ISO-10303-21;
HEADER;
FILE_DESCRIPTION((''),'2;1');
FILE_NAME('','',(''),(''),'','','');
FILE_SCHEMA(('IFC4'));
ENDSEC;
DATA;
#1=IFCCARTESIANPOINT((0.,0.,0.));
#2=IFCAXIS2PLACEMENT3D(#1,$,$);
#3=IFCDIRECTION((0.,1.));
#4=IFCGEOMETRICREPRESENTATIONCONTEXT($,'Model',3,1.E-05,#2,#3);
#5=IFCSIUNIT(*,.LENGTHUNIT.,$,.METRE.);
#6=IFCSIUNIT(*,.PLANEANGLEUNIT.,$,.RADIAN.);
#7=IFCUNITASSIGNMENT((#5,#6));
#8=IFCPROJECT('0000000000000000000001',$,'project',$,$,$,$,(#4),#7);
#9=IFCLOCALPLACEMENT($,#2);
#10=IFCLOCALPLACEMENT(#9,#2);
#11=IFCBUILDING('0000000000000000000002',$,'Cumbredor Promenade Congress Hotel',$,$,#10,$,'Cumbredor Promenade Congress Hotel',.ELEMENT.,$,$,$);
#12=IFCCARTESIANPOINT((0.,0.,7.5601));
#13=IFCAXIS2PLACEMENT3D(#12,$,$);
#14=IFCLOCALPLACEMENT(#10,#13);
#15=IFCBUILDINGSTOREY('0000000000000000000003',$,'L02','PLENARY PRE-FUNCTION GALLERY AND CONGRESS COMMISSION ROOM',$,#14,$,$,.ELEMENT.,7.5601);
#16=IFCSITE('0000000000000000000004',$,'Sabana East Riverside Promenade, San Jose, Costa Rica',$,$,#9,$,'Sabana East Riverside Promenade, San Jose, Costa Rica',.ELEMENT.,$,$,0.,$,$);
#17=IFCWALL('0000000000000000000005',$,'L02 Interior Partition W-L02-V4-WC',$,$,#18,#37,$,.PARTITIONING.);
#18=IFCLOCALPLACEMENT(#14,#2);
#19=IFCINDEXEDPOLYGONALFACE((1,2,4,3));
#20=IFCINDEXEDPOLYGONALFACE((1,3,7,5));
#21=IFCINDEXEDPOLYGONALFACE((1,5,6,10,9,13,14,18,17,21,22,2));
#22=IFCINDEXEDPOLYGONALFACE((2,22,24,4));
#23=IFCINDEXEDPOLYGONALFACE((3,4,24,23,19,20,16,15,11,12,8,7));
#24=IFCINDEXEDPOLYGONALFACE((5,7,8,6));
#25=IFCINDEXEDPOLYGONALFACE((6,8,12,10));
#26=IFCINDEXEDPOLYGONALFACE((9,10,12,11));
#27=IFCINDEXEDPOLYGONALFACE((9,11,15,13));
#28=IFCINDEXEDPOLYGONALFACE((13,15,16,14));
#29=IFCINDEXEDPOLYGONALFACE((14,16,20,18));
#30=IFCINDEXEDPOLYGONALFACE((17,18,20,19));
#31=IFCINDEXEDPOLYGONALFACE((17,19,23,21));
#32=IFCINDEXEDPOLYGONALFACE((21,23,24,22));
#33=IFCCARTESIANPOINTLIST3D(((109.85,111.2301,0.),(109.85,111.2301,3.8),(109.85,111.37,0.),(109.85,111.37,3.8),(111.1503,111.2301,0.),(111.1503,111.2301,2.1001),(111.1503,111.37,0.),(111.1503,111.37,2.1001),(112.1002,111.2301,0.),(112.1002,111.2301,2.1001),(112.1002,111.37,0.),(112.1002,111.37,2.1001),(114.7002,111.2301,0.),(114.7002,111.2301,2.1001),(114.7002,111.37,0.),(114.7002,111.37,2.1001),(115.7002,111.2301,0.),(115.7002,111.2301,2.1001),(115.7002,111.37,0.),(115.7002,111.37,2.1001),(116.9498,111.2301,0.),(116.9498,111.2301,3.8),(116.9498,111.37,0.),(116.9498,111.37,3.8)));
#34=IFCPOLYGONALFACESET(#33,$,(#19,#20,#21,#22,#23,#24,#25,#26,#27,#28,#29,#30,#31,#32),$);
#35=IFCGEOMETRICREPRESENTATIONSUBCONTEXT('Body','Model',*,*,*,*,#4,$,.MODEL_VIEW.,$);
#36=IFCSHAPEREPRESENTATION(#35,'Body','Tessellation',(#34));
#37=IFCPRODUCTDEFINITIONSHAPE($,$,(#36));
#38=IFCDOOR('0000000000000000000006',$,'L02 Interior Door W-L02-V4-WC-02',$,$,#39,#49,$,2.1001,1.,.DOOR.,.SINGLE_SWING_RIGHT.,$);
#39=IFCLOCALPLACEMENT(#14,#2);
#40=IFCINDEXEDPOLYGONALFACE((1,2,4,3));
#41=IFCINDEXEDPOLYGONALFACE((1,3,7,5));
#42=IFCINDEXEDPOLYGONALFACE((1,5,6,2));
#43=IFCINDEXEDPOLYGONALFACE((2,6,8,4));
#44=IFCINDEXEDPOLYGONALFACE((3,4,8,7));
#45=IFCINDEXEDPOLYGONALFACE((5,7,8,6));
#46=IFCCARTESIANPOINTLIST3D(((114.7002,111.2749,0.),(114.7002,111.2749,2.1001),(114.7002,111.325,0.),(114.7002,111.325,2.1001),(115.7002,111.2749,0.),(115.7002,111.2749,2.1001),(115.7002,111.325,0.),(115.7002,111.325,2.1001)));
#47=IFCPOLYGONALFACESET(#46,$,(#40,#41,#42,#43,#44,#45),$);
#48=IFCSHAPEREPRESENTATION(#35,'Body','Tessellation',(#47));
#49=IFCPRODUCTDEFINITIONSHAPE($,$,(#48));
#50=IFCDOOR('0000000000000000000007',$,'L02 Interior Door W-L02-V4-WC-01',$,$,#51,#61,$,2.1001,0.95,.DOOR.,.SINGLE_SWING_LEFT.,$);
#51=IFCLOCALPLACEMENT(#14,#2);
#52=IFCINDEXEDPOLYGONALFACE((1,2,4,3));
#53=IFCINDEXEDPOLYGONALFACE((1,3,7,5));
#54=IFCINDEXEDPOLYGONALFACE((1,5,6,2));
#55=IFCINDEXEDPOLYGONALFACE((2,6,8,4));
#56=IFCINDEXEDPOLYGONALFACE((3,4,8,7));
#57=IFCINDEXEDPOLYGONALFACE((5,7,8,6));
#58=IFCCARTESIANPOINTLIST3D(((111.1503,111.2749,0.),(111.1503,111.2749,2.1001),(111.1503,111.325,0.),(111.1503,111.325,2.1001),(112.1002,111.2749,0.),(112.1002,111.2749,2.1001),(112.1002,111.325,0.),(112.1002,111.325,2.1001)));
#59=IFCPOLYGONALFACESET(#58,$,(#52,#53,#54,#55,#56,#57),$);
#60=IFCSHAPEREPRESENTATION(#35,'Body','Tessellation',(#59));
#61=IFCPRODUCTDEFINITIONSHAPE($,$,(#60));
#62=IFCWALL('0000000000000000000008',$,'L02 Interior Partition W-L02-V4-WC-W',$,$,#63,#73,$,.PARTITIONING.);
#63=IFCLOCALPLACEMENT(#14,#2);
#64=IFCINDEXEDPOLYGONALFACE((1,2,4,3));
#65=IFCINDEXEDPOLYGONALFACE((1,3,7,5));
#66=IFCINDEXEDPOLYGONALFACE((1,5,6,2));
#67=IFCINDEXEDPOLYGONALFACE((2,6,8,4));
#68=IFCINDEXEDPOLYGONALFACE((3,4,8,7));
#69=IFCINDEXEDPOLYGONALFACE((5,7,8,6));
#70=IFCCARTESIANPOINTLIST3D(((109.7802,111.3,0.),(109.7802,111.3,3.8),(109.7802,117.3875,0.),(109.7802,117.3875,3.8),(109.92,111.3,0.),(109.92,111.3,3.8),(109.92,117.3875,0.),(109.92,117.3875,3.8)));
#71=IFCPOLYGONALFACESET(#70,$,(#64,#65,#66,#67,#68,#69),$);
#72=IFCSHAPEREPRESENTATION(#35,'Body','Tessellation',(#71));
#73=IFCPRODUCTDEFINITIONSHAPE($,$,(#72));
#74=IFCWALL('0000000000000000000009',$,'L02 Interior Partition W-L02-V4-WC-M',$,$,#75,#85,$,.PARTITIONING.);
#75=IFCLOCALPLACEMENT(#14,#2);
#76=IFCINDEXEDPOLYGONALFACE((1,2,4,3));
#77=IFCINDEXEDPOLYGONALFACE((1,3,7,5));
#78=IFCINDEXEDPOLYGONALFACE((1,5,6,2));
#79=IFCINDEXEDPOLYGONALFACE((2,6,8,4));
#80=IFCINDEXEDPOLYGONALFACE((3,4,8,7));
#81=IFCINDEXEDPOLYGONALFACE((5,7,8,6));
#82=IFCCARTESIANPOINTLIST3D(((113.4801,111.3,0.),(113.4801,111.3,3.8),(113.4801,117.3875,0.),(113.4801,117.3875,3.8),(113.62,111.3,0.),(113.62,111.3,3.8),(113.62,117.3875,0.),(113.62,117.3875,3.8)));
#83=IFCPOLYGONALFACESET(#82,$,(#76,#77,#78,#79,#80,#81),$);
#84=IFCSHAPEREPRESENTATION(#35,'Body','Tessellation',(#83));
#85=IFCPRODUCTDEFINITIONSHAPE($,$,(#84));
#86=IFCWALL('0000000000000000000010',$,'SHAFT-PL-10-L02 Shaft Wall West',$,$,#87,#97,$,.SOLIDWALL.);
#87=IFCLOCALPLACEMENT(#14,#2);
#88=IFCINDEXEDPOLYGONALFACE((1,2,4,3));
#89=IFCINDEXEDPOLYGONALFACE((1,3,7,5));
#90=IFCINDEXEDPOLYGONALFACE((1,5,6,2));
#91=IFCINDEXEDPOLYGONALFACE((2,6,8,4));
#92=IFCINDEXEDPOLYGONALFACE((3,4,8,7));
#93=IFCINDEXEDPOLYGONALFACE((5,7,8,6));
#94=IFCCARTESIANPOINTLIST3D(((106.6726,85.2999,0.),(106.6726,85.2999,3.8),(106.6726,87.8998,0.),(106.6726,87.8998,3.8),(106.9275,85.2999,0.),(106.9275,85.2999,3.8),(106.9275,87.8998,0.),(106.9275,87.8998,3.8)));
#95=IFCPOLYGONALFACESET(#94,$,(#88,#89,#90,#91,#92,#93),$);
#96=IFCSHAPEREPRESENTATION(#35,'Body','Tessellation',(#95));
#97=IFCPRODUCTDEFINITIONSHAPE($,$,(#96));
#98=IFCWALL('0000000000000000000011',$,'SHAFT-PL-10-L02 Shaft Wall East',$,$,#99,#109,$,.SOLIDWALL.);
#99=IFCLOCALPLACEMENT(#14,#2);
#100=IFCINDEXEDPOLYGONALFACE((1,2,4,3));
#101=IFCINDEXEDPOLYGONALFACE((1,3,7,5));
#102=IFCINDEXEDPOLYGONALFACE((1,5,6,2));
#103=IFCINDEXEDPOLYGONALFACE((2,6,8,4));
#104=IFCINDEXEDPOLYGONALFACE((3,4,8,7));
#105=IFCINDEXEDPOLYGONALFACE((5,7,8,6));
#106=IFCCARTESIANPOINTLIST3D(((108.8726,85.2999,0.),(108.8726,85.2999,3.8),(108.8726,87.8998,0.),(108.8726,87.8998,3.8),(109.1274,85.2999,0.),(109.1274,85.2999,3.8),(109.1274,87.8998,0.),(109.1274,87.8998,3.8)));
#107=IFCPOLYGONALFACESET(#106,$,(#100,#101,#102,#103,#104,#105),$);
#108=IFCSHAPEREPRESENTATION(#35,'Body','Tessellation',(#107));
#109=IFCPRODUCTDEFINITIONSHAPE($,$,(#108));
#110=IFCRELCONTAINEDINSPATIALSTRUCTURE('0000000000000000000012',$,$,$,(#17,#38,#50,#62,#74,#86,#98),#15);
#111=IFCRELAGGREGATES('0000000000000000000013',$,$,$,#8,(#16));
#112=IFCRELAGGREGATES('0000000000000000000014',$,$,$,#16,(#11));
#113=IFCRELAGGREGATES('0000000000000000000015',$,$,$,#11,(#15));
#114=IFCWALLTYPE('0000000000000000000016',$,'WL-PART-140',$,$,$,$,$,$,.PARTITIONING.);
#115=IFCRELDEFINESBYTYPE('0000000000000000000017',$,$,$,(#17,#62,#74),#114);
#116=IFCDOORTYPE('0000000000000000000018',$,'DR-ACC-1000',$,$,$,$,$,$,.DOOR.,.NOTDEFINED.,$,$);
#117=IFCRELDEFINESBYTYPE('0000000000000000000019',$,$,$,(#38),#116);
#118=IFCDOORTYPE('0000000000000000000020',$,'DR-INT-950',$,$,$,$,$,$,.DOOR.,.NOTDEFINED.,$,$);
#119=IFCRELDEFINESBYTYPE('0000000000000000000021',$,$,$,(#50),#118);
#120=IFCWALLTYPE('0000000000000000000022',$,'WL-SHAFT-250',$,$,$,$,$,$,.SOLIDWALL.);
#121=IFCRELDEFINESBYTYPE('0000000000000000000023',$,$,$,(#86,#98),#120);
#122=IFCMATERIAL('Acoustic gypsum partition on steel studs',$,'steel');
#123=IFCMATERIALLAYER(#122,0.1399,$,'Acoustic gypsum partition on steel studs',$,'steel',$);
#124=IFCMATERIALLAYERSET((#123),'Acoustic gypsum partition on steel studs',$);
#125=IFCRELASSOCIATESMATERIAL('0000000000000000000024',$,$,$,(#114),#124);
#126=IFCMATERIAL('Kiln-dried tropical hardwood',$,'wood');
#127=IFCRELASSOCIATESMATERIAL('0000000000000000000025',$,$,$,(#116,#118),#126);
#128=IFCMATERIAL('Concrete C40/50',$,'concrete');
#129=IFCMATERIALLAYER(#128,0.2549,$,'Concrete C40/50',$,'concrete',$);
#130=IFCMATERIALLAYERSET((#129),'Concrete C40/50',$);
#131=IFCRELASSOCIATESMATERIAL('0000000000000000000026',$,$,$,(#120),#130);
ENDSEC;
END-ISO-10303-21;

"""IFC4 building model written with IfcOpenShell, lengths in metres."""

from ifc_helpers import new_model, si_unit, direction, frame, frame_2d, origin, place, context, subcontext, project, spatial, rectangle, extrude, material, layer, layer_set, type_object, element, fill, save


model = new_model("IFC4")

# Units and contexts
model_context = context("Model", 3, precision=1e-05, world=origin(), true_north=direction((0.0, 1.0)))
body_context = subcontext(model_context, "Body", "Model", "MODEL_VIEW")
ifc_project = project(units=[si_unit("LENGTHUNIT", "METRE"), si_unit("PLANEANGLEUNIT", "RADIAN")], contexts=[model_context])

# Site, building, storey
site_placement = place(None, origin())
site = spatial("IfcSite", under=ifc_project, at=site_placement, Name="Sabana East Riverside Promenade, San Jose, Costa Rica", LongName="Sabana East Riverside Promenade, San Jose, Costa Rica", CompositionType="ELEMENT", RefElevation=0.0)
building_placement = place(site_placement, origin())
building = spatial("IfcBuilding", under=site, at=building_placement, Name="Cumbredor Promenade Congress Hotel", LongName="Cumbredor Promenade Congress Hotel", CompositionType="ELEMENT")
storey_placement = place(building_placement, frame((0.0, 0.0, 7.5601)))
storey = spatial("IfcBuildingStorey", under=building, at=storey_placement, Name="L02", Description="PLENARY PRE-FUNCTION GALLERY AND CONGRESS COMMISSION ROOM", CompositionType="ELEMENT", Elevation=7.5601)

# Shared definitions
ifc_material_1 = material(Name="Concrete C40/50", Category="concrete")

# Wall, openings, doors
ifc_material_2 = material(Name="Acoustic gypsum partition on steel studs", Category="steel")
ifc_layer_1 = layer(ifc_material_2, 0.1399, Name="Acoustic gypsum partition on steel studs", Category="steel")
ifc_layer_set_1 = layer_set([ifc_layer_1], Name="Acoustic gypsum partition on steel studs")
wall_type_1 = type_object("IfcWallType", Name="WL-PART-140", PredefinedType="PARTITIONING", material=ifc_layer_set_1)
wall_1_placement = place(storey_placement, frame((109.8501, 111.3, 0.0), z_axis=(0.0, 0.0, 1.0), x_axis=(1.0, 0.0, 0.0)))
wall_1 = element("IfcWall", 1, at=wall_1_placement, inside=storey, type_object=wall_type_1, Name="L02 Interior Partition W-L02-V4-WC", PredefinedType="PARTITIONING", context=body_context, shape_type="SweptSolid", body=[
    extrude(rectangle(XDim=7.0999, YDim=0.1399, at=frame_2d((3.5498, 0.0))), origin(), (0.0, 0.0, 1.0), 3.8),
])
opening_1_placement = place(wall_1_placement, frame((1.3, 0.0, 0.0)))
opening_1 = element("IfcOpeningElement", 2, at=opening_1_placement, cuts=wall_1, PredefinedType="OPENING", context=body_context, shape_type="SweptSolid", body=[
    extrude(rectangle(XDim=0.95, YDim=2.1001, at=frame_2d((0.4751, 1.05))), frame((0.0, 0.0801, 0.0), z_axis=(0.0, -1.0, 0.0), x_axis=(1.0, 0.0, 0.0)), (0.0, 0.0, 1.0), 0.1599),
])
opening_2_placement = place(wall_1_placement, frame((4.8501, 0.0, 0.0)))
opening_2 = element("IfcOpeningElement", 3, at=opening_2_placement, cuts=wall_1, PredefinedType="OPENING", context=body_context, shape_type="SweptSolid", body=[
    extrude(rectangle(XDim=1.0, YDim=2.1001, at=frame_2d((0.5, 1.05))), frame((0.0, 0.0801, 0.0), z_axis=(0.0, -1.0, 0.0), x_axis=(1.0, 0.0, 0.0)), (0.0, 0.0, 1.0), 0.1599),
])
ifc_material_3 = material(Name="Kiln-dried tropical hardwood", Category="wood")
door_type_1 = type_object("IfcDoorType", Name="DR-ACC-1000", OperationType="NOTDEFINED", PredefinedType="DOOR", material=ifc_material_3)
door_1_placement = place(opening_2_placement, origin())
door_1 = element("IfcDoor", 4, at=door_1_placement, inside=storey, type_object=door_type_1, Name="L02 Interior Door W-L02-V4-WC-02", OperationType="SINGLE_SWING_RIGHT", OverallHeight=2.1001, OverallWidth=1.0, PredefinedType="DOOR", context=body_context, shape_type="SweptSolid", body=[
    extrude(rectangle(XDim=1.0, YDim=2.1001, at=frame_2d((0.5, 1.05))), frame((0.0, 0.0249, 0.0), z_axis=(0.0, -1.0, 0.0), x_axis=(1.0, 0.0, 0.0)), (0.0, 0.0, 1.0), 0.05),
])
fill(opening_2, door_1)
door_type_2 = type_object("IfcDoorType", Name="DR-INT-950", OperationType="NOTDEFINED", PredefinedType="DOOR", material=ifc_material_3)
door_2_placement = place(opening_1_placement, origin())
door_2 = element("IfcDoor", 5, at=door_2_placement, inside=storey, type_object=door_type_2, Name="L02 Interior Door W-L02-V4-WC-01", OperationType="SINGLE_SWING_LEFT", OverallHeight=2.1001, OverallWidth=0.95, PredefinedType="DOOR", context=body_context, shape_type="SweptSolid", body=[
    extrude(rectangle(XDim=0.95, YDim=2.1001, at=frame_2d((0.4751, 1.05))), frame((0.0, 0.0249, 0.0), z_axis=(0.0, -1.0, 0.0), x_axis=(1.0, 0.0, 0.0)), (0.0, 0.0, 1.0), 0.05),
])
fill(opening_1, door_2)

# Walls
for number, where, z_axis, x_axis, name in (
    (6, (109.8501, 111.3, 0.0), (0.0, 0.0, 1.0), (0.0, 1.0, 0.0), "L02 Interior Partition W-L02-V4-WC-W"),
    (7, (113.55, 111.3, 0.0), (0.0, 0.0, 1.0), (0.0, 1.0, 0.0), "L02 Interior Partition W-L02-V4-WC-M"),
):
    element("IfcWall", number, at=place(storey_placement, frame(where, z_axis=z_axis, x_axis=x_axis)), inside=storey, type_object=wall_type_1, Name=name, PredefinedType="PARTITIONING", context=body_context, shape_type="SweptSolid", body=[
        extrude(rectangle(XDim=6.0874, YDim=0.1399, at=frame_2d((3.0437, 0.0))), origin(), (0.0, 0.0, 1.0), 3.8),
    ])

# Shared definitions
ifc_layer_2 = layer(ifc_material_1, 0.2549, Name="Concrete C40/50", Category="concrete")
ifc_layer_set_2 = layer_set([ifc_layer_2], Name="Concrete C40/50")
wall_type_2 = type_object("IfcWallType", Name="WL-SHAFT-250", PredefinedType="SOLIDWALL", material=ifc_layer_set_2)

# Walls
for number, where, z_axis, x_axis, name in (
    (8, (106.8, 85.3, 0.0), (0.0, 0.0, 1.0), (0.0, 1.0, 0.0), "SHAFT-PL-10-L02 Shaft Wall West"),
    (9, (109.0, 85.3, 0.0), (0.0, 0.0, 1.0), (0.0, 1.0, 0.0), "SHAFT-PL-10-L02 Shaft Wall East"),
):
    element("IfcWall", number, at=place(storey_placement, frame(where, z_axis=z_axis, x_axis=x_axis)), inside=storey, type_object=wall_type_2, Name=name, PredefinedType="SOLIDWALL", context=body_context, shape_type="SweptSolid", body=[
        extrude(rectangle(XDim=2.5999, YDim=0.2549, at=frame_2d((1.2998, 0.0))), origin(), (0.0, 0.0, 1.0), 3.8),
    ])

save(model, "model.ifc")
